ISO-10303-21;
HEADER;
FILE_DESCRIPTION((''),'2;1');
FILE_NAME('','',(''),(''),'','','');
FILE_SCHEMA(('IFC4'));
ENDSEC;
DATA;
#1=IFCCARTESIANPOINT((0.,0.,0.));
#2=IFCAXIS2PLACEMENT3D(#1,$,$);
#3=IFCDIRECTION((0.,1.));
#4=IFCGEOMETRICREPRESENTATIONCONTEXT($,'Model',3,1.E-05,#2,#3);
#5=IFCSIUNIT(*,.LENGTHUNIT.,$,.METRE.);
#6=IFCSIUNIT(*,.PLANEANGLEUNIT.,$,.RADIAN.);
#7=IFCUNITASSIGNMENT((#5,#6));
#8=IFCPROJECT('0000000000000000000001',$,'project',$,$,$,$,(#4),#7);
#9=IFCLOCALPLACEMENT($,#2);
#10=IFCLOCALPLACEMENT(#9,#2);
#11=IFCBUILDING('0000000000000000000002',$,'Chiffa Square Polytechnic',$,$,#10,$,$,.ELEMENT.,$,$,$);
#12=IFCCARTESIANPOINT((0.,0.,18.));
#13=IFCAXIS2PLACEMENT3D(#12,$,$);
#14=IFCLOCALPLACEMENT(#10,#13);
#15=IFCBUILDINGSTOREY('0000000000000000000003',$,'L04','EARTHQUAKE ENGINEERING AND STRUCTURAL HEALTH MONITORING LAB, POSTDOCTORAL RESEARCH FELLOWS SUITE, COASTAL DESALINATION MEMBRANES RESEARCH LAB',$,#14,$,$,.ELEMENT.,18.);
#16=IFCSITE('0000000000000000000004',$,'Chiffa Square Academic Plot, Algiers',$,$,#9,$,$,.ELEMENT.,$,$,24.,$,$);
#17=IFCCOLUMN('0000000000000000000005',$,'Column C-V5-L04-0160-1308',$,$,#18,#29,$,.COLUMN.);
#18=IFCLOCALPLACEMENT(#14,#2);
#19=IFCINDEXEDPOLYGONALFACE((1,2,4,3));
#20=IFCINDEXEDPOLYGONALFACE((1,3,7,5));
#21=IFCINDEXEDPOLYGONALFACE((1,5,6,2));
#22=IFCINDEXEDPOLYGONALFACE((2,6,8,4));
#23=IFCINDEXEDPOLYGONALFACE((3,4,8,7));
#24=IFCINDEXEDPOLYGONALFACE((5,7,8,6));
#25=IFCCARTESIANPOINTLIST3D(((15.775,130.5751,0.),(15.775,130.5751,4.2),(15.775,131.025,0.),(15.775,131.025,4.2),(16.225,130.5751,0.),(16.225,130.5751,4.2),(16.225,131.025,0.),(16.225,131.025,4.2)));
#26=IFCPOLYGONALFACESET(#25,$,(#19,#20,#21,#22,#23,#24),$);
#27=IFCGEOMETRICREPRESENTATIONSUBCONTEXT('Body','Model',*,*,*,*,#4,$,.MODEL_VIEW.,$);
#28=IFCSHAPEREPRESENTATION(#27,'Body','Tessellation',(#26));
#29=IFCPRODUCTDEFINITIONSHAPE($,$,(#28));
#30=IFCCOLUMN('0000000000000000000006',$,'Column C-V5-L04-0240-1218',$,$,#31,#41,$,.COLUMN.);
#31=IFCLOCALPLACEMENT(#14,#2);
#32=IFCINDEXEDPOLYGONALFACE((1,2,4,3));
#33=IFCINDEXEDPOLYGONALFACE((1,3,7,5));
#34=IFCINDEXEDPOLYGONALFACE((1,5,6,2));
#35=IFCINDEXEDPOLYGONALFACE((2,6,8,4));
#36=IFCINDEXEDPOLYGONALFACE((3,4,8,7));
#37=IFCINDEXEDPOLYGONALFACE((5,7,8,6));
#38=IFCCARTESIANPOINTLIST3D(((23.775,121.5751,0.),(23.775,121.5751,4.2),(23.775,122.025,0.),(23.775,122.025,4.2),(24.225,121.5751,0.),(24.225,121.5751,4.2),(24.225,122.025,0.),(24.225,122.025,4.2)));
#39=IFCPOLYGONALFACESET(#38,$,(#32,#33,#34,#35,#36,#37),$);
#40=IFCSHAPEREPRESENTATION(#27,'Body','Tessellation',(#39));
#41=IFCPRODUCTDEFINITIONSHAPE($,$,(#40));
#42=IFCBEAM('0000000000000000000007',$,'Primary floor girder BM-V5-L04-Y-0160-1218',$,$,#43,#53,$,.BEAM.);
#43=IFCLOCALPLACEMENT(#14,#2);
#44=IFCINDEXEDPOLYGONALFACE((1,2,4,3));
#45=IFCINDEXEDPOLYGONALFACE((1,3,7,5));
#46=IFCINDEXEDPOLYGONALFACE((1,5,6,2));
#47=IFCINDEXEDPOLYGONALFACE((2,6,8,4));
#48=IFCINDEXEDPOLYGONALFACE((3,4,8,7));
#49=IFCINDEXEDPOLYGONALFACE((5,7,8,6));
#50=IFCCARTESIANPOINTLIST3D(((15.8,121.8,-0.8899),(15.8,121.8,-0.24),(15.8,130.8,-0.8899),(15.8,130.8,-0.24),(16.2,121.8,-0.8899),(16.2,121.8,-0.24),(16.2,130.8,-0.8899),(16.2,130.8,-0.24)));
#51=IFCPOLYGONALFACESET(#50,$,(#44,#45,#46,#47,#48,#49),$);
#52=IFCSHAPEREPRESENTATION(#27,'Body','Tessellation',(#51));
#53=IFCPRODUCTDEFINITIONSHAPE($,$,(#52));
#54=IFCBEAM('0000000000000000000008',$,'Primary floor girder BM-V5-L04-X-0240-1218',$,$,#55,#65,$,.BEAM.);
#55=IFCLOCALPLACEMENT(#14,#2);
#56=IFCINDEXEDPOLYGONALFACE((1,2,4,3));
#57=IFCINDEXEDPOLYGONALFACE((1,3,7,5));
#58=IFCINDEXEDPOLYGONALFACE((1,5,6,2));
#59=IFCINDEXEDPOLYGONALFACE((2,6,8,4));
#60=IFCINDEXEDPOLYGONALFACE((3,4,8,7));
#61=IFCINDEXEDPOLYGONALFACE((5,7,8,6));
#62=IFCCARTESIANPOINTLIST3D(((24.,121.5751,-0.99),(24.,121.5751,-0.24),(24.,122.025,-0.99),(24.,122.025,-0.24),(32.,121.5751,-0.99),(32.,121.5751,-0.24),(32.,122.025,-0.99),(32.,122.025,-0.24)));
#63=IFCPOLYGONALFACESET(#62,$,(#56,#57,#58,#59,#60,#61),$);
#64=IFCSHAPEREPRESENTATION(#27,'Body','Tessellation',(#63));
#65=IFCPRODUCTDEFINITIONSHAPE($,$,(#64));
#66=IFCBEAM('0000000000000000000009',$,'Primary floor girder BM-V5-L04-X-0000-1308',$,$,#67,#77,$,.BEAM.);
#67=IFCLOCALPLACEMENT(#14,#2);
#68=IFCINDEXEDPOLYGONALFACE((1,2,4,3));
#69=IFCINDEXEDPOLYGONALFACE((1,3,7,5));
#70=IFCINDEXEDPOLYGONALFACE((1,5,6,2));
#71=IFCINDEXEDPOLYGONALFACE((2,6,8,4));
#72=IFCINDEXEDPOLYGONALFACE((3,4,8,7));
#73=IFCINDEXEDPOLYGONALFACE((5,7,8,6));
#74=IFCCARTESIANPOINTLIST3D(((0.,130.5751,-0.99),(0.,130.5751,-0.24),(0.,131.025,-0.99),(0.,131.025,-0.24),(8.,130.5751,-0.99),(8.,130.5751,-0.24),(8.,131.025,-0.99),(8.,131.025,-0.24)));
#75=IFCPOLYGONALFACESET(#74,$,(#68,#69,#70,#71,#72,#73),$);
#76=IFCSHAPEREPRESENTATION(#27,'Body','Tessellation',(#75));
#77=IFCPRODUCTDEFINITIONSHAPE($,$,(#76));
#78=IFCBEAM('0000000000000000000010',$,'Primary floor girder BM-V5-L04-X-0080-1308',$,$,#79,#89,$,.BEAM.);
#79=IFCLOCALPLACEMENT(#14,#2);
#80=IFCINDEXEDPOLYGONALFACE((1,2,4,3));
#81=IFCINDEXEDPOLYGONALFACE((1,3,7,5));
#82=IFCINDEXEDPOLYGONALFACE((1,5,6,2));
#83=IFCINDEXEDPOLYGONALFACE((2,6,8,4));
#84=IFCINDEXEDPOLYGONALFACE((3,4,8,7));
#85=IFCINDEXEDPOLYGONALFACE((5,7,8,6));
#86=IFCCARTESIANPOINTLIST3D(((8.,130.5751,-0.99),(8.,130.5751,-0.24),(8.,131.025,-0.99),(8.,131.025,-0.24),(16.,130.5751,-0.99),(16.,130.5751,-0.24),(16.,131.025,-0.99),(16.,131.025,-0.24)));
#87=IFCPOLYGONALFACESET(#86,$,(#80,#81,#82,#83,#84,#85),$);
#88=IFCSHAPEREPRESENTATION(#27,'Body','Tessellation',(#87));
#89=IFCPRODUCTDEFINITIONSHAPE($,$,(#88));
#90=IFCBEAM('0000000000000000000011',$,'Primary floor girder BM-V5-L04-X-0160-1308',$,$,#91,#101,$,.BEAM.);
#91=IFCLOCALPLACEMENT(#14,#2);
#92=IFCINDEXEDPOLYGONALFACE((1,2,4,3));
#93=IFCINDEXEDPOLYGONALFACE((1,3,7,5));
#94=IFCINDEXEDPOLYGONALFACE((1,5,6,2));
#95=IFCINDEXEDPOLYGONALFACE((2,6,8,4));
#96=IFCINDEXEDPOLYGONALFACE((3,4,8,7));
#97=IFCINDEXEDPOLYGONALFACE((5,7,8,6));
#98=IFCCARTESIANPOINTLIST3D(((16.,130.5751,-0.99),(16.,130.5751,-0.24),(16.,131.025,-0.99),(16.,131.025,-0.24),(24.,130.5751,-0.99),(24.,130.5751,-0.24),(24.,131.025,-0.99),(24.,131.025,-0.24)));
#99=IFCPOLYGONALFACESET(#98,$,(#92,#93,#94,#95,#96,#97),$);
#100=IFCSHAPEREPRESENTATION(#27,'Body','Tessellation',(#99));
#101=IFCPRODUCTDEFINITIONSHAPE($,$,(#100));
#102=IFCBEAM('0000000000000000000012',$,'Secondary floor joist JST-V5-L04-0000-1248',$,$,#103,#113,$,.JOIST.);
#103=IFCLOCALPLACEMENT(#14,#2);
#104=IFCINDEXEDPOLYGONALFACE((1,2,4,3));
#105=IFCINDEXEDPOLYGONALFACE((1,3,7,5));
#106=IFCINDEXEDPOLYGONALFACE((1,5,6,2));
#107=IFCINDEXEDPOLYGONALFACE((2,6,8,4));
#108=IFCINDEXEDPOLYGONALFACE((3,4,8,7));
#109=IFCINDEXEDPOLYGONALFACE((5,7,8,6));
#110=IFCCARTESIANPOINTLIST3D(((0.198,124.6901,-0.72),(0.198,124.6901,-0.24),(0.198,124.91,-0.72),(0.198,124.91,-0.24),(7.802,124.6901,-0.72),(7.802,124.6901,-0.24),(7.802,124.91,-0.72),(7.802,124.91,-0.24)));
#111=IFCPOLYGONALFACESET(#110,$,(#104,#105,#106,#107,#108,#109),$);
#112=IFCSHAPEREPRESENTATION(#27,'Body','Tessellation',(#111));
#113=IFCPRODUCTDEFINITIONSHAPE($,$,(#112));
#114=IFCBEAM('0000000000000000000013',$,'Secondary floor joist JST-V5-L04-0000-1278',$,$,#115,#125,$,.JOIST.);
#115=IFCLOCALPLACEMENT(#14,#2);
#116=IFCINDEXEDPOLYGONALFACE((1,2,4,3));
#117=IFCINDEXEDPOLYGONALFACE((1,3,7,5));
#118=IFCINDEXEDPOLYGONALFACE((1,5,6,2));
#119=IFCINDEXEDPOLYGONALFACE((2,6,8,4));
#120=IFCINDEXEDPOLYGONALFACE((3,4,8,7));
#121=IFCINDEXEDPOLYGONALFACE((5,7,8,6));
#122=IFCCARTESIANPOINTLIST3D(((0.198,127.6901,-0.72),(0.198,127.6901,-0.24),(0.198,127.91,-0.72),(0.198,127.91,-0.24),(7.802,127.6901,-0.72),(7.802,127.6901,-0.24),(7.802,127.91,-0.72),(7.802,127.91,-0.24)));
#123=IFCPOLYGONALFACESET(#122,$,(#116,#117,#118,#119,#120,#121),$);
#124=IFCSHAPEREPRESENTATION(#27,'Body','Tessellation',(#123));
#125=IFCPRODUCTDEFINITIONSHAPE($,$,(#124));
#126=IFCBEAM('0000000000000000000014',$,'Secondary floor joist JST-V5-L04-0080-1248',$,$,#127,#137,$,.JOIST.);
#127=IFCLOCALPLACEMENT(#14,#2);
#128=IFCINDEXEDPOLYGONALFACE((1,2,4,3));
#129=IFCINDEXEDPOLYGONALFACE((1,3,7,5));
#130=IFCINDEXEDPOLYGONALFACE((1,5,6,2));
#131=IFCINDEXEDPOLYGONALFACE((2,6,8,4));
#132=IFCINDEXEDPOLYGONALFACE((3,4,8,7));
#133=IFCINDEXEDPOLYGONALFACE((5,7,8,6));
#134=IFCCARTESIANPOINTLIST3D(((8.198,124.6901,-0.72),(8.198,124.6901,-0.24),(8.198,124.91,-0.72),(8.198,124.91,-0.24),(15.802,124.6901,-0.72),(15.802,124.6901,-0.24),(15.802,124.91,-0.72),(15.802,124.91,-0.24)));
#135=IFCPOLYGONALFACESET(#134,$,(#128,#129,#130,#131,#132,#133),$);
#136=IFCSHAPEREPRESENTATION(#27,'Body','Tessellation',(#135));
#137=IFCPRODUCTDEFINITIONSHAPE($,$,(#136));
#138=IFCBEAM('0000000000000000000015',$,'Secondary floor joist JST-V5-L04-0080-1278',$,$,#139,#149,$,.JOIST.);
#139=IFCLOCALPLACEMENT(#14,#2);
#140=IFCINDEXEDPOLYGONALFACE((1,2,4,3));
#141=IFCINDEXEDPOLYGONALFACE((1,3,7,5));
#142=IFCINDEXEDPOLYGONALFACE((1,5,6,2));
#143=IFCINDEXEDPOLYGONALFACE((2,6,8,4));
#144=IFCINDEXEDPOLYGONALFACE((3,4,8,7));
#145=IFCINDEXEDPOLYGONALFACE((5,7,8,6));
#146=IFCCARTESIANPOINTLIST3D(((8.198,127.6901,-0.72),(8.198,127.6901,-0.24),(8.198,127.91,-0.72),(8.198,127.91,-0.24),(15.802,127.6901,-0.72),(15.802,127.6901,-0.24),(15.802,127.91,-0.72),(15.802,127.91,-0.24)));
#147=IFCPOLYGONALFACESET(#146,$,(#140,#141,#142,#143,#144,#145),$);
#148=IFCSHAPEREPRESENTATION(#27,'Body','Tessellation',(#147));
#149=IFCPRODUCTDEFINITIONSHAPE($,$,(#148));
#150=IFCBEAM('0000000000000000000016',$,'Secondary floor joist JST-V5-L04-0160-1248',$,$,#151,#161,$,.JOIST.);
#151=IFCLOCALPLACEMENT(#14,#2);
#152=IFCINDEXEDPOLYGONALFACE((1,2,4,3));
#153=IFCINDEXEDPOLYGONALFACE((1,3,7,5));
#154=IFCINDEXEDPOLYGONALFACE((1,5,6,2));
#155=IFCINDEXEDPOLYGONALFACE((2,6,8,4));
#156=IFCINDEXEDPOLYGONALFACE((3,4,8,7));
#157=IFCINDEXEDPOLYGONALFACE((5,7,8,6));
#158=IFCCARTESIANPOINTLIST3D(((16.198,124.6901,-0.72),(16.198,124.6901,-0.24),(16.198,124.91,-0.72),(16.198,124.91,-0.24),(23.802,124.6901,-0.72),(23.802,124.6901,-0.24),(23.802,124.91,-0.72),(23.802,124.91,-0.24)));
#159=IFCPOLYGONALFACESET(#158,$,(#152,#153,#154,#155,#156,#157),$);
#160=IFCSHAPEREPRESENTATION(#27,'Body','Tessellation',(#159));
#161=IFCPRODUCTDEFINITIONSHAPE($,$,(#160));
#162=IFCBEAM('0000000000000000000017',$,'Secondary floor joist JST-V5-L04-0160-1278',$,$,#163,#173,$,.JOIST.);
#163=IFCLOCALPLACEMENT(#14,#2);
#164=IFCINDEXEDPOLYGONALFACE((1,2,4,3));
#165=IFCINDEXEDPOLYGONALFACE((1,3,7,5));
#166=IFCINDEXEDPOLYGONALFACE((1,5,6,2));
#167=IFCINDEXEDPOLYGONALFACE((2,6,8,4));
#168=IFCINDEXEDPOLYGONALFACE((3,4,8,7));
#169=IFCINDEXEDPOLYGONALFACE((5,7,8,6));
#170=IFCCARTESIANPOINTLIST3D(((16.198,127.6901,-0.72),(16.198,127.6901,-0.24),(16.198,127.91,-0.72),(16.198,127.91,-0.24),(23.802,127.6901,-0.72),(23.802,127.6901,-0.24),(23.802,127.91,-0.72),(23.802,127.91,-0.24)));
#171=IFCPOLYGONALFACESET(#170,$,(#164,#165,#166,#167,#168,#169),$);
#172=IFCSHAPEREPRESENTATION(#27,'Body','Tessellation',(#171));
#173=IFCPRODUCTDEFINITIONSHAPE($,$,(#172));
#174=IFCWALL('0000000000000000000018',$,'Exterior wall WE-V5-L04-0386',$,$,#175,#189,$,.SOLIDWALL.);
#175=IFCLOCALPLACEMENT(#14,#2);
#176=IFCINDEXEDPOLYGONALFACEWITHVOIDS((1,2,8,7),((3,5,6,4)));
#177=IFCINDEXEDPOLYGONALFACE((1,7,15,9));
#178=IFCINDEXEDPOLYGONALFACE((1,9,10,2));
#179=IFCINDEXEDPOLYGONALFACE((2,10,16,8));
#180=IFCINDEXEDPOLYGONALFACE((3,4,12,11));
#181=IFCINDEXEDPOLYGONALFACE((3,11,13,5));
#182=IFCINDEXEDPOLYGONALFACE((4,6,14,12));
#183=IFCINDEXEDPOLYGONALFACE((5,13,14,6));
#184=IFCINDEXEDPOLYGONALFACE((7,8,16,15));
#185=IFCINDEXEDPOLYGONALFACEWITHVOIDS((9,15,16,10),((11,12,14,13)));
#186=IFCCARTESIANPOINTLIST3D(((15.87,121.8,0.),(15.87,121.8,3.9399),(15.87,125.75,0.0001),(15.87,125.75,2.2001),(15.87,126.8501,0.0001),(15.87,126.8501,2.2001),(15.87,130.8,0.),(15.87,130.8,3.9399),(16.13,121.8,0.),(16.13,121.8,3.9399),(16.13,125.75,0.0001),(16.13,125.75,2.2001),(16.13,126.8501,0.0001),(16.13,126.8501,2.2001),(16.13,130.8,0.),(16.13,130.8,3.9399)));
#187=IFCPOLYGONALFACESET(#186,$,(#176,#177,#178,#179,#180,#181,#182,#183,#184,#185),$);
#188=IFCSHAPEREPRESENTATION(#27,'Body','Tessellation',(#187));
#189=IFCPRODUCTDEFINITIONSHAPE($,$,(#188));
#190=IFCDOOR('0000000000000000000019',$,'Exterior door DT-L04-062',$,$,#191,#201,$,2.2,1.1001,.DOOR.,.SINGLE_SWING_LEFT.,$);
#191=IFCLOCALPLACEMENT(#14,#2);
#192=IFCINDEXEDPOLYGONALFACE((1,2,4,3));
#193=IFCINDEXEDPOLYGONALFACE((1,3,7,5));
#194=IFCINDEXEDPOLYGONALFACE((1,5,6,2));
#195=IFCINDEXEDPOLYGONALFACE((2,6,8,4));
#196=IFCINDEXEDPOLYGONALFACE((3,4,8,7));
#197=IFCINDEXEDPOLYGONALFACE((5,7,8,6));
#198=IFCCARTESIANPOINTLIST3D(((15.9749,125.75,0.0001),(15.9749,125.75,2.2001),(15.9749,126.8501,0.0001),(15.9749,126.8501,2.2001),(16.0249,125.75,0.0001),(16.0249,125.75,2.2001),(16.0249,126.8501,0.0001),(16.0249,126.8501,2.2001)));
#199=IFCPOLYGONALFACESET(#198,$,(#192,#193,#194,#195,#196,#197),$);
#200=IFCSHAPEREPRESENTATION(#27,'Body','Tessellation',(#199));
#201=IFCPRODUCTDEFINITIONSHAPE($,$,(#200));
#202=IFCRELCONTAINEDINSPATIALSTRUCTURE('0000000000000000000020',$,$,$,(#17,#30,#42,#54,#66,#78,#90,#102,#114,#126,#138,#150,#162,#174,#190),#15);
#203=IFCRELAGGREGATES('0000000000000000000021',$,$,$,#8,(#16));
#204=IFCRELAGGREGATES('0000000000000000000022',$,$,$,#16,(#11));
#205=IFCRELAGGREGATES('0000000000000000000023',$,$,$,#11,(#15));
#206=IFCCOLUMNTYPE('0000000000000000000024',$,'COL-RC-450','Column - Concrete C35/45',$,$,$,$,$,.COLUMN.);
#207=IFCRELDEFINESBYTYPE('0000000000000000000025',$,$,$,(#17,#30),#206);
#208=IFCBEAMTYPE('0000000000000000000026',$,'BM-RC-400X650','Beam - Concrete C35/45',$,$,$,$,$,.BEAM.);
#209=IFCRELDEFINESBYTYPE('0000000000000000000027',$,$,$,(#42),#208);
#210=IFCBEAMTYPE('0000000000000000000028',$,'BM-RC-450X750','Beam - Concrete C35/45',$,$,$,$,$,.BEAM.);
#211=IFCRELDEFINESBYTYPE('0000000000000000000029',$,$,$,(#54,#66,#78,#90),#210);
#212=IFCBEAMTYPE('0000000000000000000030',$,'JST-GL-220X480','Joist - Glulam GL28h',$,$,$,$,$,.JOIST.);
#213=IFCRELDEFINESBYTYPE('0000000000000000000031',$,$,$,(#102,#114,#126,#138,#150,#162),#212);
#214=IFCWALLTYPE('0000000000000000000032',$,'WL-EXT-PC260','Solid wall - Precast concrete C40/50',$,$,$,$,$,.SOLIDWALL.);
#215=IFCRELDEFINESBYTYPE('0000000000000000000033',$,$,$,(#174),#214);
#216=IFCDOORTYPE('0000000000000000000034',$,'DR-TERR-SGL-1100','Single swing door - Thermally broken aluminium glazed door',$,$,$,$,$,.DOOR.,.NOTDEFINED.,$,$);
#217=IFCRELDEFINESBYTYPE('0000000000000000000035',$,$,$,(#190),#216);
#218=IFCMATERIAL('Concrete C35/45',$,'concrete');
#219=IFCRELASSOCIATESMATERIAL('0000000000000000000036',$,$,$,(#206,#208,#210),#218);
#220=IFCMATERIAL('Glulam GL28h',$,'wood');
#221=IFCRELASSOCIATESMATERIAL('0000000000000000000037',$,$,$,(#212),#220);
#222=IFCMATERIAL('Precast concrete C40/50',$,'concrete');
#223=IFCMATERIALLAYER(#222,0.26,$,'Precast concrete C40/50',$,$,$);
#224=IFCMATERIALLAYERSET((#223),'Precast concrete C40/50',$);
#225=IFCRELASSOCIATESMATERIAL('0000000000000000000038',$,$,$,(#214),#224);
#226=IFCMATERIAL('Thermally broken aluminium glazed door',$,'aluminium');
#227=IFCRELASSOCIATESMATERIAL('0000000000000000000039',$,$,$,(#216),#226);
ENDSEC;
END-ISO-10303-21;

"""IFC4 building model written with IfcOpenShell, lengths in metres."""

from ifc_helpers import new_model, si_unit, direction, frame, frame_2d, origin, origin_2d, place, context, subcontext, project, spatial, rectangle, extrude, material, layer, layer_set, material_profile, profile_set, type_object, element, fill, save


model = new_model("IFC4")

# Units and contexts
model_context = context("Model", 3, precision=1e-05, world=origin(), true_north=direction((0.0, 1.0)))
body_context = subcontext(model_context, "Body", "Model", "MODEL_VIEW")
ifc_project = project(units=[si_unit("LENGTHUNIT", "METRE"), si_unit("PLANEANGLEUNIT", "RADIAN")], contexts=[model_context])

# Site, building, storey
site_placement = place(None, origin())
site = spatial("IfcSite", under=ifc_project, at=site_placement, Name="Chiffa Square Academic Plot, Algiers", CompositionType="ELEMENT", RefElevation=24.0)
building_placement = place(site_placement, origin())
building = spatial("IfcBuilding", under=site, at=building_placement, Name="Chiffa Square Polytechnic", CompositionType="ELEMENT")
storey_placement = place(building_placement, frame((0.0, 0.0, 18.0)))
storey = spatial("IfcBuildingStorey", under=building, at=storey_placement, Name="L04", Description="EARTHQUAKE ENGINEERING AND STRUCTURAL HEALTH MONITORING LAB, POSTDOCTORAL RESEARCH FELLOWS SUITE, COASTAL DESALINATION MEMBRANES RESEARCH LAB", CompositionType="ELEMENT", Elevation=18.0)

# Columns
ifc_material_1 = material(Name="Concrete C35/45", Category="concrete")
ifc_material_profile_1 = material_profile(ifc_material_1, rectangle(XDim=0.45, YDim=0.45, at=origin_2d()), Name="RC 450x450")
ifc_profile_set_1 = profile_set([ifc_material_profile_1], Name="Concrete C35/45")
column_type = type_object("IfcColumnType", Name="COL-RC-450", Description="Column - Concrete C35/45", PredefinedType="COLUMN", material=ifc_profile_set_1)
for number, where, z_axis, x_axis, name in (
    (1, (16.0, 130.8, 0.0), (0.0, 0.0, 1.0), (1.0, 0.0, 0.0), "Column C-V5-L04-0160-1308"),
    (2, (24.0, 121.8, 0.0), (0.0, 0.0, 1.0), (1.0, 0.0, 0.0), "Column C-V5-L04-0240-1218"),
):
    element("IfcColumn", number, at=place(storey_placement, frame(where, z_axis=z_axis, x_axis=x_axis)), inside=storey, type_object=column_type, Name=name, PredefinedType="COLUMN", context=body_context, shape_type="SweptSolid", body=[
        extrude(rectangle(XDim=0.45, YDim=0.45, at=origin_2d()), origin(), (0.0, 0.0, 1.0), 4.2),
    ])

# Beams
ifc_material_profile_2 = material_profile(ifc_material_1, rectangle(XDim=0.3999, YDim=0.6499, at=origin_2d()), Name="RC 400x650")
ifc_profile_set_2 = profile_set([ifc_material_profile_2], Name="Concrete C35/45")
beam_type_1 = type_object("IfcBeamType", Name="BM-RC-400X650", Description="Beam - Concrete C35/45", PredefinedType="BEAM", material=ifc_profile_set_2)
beam_placement = place(storey_placement, frame((16.0, 121.8, -0.5649), z_axis=(0.0, 1.0, 0.0), x_axis=(-1.0, 0.0, 0.0)))
element("IfcBeam", 3, at=beam_placement, inside=storey, type_object=beam_type_1, Name="Primary floor girder BM-V5-L04-Y-0160-1218", PredefinedType="BEAM", context=body_context, shape_type="SweptSolid", body=[
    extrude(rectangle(XDim=0.3999, YDim=0.6499, at=origin_2d()), origin(), (0.0, 0.0, 1.0), 9.0),
])
ifc_material_profile_3 = material_profile(ifc_material_1, rectangle(XDim=0.45, YDim=0.75, at=origin_2d()), Name="RC 450x750")
ifc_profile_set_3 = profile_set([ifc_material_profile_3], Name="Concrete C35/45")
beam_type_2 = type_object("IfcBeamType", Name="BM-RC-450X750", Description="Beam - Concrete C35/45", PredefinedType="BEAM", material=ifc_profile_set_3)
for number, where, z_axis, x_axis, name in (
    (4, (24.0, 121.8, -0.615), (1.0, 0.0, 0.0), (0.0, 1.0, 0.0), "Primary floor girder BM-V5-L04-X-0240-1218"),
    (5, (0.0, 130.8, -0.615), (1.0, 0.0, 0.0), (0.0, 1.0, 0.0), "Primary floor girder BM-V5-L04-X-0000-1308"),
    (6, (8.0, 130.8, -0.615), (1.0, 0.0, 0.0), (0.0, 1.0, 0.0), "Primary floor girder BM-V5-L04-X-0080-1308"),
    (7, (16.0, 130.8, -0.615), (1.0, 0.0, 0.0), (0.0, 1.0, 0.0), "Primary floor girder BM-V5-L04-X-0160-1308"),
):
    element("IfcBeam", number, at=place(storey_placement, frame(where, z_axis=z_axis, x_axis=x_axis)), inside=storey, type_object=beam_type_2, Name=name, PredefinedType="BEAM", context=body_context, shape_type="SweptSolid", body=[
        extrude(rectangle(XDim=0.45, YDim=0.75, at=origin_2d()), origin(), (0.0, 0.0, 1.0), 8.0),
    ])
ifc_material_2 = material(Name="Glulam GL28h", Category="wood")
ifc_material_profile_4 = material_profile(ifc_material_2, rectangle(XDim=0.22, YDim=0.48, at=origin_2d()), Name="GL28h 220x480")
ifc_profile_set_4 = profile_set([ifc_material_profile_4], Name="Glulam GL28h")
beam_type_3 = type_object("IfcBeamType", Name="JST-GL-220X480", Description="Joist - Glulam GL28h", PredefinedType="JOIST", material=ifc_profile_set_4)
for number, where, z_axis, x_axis, name in (
    (8, (0.198, 124.8, -0.48), (1.0, 0.0, 0.0), (0.0, 1.0, 0.0), "Secondary floor joist JST-V5-L04-0000-1248"),
    (9, (0.198, 127.8, -0.48), (1.0, 0.0, 0.0), (0.0, 1.0, 0.0), "Secondary floor joist JST-V5-L04-0000-1278"),
    (10, (8.198, 124.8, -0.48), (1.0, 0.0, 0.0), (0.0, 1.0, 0.0), "Secondary floor joist JST-V5-L04-0080-1248"),
    (11, (8.198, 127.8, -0.48), (1.0, 0.0, 0.0), (0.0, 1.0, 0.0), "Secondary floor joist JST-V5-L04-0080-1278"),
    (12, (16.198, 124.8, -0.48), (1.0, 0.0, 0.0), (0.0, 1.0, 0.0), "Secondary floor joist JST-V5-L04-0160-1248"),
    (13, (16.198, 127.8, -0.48), (1.0, 0.0, 0.0), (0.0, 1.0, 0.0), "Secondary floor joist JST-V5-L04-0160-1278"),
):
    element("IfcBeam", number, at=place(storey_placement, frame(where, z_axis=z_axis, x_axis=x_axis)), inside=storey, type_object=beam_type_3, Name=name, PredefinedType="JOIST", context=body_context, shape_type="SweptSolid", body=[
        extrude(rectangle(XDim=0.22, YDim=0.48, at=origin_2d()), origin(), (0.0, 0.0, 1.0), 7.604),
    ])

# Wall, opening, door
ifc_material_3 = material(Name="Precast concrete C40/50", Category="concrete")
ifc_layer_1 = layer(ifc_material_3, 0.26, Name="Precast concrete C40/50")
ifc_layer_set_1 = layer_set([ifc_layer_1], Name="Precast concrete C40/50")
wall_type_1 = type_object("IfcWallType", Name="WL-EXT-PC260", Description="Solid wall - Precast concrete C40/50", PredefinedType="SOLIDWALL", material=ifc_layer_set_1)
wall_1_placement = place(storey_placement, frame((16.0, 130.8, 0.0), z_axis=(0.0, 0.0, 1.0), x_axis=(0.0, -1.0, 0.0)))
wall_1 = element("IfcWall", 14, at=wall_1_placement, inside=storey, type_object=wall_type_1, Name="Exterior wall WE-V5-L04-0386", PredefinedType="SOLIDWALL", context=body_context, shape_type="SweptSolid", body=[
    extrude(rectangle(XDim=9.0, YDim=0.26, at=frame_2d((4.5, 0.0))), origin(), (0.0, 0.0, 1.0), 3.9399),
])
opening_1_placement = place(wall_1_placement, frame((3.95, 0.0, 0.0)))
opening_1 = element("IfcOpeningElement", 15, at=opening_1_placement, cuts=wall_1, PredefinedType="OPENING", context=body_context, shape_type="SweptSolid", body=[
    extrude(rectangle(XDim=1.1001, YDim=2.2, at=frame_2d((0.55, 1.1001))), frame((0.0, 0.1401, 0.0), z_axis=(0.0, -1.0, 0.0), x_axis=(1.0, 0.0, 0.0)), (0.0, 0.0, 1.0), 0.28),
])
ifc_material_4 = material(Name="Thermally broken aluminium glazed door", Category="aluminium")
door_type_1 = type_object("IfcDoorType", Name="DR-TERR-SGL-1100", Description="Single swing door - Thermally broken aluminium glazed door", OperationType="NOTDEFINED", PredefinedType="DOOR", material=ifc_material_4)
door_1_placement = place(opening_1_placement, origin())
door_1 = element("IfcDoor", 16, at=door_1_placement, inside=storey, type_object=door_type_1, Name="Exterior door DT-L04-062", OperationType="SINGLE_SWING_LEFT", OverallHeight=2.2, OverallWidth=1.1001, PredefinedType="DOOR", context=body_context, shape_type="SweptSolid", body=[
    extrude(rectangle(XDim=1.1001, YDim=2.2, at=frame_2d((0.55, 1.1001))), frame((0.0, 0.0249, 0.0), z_axis=(0.0, -1.0, 0.0), x_axis=(1.0, 0.0, 0.0)), (0.0, 0.0, 1.0), 0.05),
])
fill(opening_1, door_1)

save(model, "model.ifc")
